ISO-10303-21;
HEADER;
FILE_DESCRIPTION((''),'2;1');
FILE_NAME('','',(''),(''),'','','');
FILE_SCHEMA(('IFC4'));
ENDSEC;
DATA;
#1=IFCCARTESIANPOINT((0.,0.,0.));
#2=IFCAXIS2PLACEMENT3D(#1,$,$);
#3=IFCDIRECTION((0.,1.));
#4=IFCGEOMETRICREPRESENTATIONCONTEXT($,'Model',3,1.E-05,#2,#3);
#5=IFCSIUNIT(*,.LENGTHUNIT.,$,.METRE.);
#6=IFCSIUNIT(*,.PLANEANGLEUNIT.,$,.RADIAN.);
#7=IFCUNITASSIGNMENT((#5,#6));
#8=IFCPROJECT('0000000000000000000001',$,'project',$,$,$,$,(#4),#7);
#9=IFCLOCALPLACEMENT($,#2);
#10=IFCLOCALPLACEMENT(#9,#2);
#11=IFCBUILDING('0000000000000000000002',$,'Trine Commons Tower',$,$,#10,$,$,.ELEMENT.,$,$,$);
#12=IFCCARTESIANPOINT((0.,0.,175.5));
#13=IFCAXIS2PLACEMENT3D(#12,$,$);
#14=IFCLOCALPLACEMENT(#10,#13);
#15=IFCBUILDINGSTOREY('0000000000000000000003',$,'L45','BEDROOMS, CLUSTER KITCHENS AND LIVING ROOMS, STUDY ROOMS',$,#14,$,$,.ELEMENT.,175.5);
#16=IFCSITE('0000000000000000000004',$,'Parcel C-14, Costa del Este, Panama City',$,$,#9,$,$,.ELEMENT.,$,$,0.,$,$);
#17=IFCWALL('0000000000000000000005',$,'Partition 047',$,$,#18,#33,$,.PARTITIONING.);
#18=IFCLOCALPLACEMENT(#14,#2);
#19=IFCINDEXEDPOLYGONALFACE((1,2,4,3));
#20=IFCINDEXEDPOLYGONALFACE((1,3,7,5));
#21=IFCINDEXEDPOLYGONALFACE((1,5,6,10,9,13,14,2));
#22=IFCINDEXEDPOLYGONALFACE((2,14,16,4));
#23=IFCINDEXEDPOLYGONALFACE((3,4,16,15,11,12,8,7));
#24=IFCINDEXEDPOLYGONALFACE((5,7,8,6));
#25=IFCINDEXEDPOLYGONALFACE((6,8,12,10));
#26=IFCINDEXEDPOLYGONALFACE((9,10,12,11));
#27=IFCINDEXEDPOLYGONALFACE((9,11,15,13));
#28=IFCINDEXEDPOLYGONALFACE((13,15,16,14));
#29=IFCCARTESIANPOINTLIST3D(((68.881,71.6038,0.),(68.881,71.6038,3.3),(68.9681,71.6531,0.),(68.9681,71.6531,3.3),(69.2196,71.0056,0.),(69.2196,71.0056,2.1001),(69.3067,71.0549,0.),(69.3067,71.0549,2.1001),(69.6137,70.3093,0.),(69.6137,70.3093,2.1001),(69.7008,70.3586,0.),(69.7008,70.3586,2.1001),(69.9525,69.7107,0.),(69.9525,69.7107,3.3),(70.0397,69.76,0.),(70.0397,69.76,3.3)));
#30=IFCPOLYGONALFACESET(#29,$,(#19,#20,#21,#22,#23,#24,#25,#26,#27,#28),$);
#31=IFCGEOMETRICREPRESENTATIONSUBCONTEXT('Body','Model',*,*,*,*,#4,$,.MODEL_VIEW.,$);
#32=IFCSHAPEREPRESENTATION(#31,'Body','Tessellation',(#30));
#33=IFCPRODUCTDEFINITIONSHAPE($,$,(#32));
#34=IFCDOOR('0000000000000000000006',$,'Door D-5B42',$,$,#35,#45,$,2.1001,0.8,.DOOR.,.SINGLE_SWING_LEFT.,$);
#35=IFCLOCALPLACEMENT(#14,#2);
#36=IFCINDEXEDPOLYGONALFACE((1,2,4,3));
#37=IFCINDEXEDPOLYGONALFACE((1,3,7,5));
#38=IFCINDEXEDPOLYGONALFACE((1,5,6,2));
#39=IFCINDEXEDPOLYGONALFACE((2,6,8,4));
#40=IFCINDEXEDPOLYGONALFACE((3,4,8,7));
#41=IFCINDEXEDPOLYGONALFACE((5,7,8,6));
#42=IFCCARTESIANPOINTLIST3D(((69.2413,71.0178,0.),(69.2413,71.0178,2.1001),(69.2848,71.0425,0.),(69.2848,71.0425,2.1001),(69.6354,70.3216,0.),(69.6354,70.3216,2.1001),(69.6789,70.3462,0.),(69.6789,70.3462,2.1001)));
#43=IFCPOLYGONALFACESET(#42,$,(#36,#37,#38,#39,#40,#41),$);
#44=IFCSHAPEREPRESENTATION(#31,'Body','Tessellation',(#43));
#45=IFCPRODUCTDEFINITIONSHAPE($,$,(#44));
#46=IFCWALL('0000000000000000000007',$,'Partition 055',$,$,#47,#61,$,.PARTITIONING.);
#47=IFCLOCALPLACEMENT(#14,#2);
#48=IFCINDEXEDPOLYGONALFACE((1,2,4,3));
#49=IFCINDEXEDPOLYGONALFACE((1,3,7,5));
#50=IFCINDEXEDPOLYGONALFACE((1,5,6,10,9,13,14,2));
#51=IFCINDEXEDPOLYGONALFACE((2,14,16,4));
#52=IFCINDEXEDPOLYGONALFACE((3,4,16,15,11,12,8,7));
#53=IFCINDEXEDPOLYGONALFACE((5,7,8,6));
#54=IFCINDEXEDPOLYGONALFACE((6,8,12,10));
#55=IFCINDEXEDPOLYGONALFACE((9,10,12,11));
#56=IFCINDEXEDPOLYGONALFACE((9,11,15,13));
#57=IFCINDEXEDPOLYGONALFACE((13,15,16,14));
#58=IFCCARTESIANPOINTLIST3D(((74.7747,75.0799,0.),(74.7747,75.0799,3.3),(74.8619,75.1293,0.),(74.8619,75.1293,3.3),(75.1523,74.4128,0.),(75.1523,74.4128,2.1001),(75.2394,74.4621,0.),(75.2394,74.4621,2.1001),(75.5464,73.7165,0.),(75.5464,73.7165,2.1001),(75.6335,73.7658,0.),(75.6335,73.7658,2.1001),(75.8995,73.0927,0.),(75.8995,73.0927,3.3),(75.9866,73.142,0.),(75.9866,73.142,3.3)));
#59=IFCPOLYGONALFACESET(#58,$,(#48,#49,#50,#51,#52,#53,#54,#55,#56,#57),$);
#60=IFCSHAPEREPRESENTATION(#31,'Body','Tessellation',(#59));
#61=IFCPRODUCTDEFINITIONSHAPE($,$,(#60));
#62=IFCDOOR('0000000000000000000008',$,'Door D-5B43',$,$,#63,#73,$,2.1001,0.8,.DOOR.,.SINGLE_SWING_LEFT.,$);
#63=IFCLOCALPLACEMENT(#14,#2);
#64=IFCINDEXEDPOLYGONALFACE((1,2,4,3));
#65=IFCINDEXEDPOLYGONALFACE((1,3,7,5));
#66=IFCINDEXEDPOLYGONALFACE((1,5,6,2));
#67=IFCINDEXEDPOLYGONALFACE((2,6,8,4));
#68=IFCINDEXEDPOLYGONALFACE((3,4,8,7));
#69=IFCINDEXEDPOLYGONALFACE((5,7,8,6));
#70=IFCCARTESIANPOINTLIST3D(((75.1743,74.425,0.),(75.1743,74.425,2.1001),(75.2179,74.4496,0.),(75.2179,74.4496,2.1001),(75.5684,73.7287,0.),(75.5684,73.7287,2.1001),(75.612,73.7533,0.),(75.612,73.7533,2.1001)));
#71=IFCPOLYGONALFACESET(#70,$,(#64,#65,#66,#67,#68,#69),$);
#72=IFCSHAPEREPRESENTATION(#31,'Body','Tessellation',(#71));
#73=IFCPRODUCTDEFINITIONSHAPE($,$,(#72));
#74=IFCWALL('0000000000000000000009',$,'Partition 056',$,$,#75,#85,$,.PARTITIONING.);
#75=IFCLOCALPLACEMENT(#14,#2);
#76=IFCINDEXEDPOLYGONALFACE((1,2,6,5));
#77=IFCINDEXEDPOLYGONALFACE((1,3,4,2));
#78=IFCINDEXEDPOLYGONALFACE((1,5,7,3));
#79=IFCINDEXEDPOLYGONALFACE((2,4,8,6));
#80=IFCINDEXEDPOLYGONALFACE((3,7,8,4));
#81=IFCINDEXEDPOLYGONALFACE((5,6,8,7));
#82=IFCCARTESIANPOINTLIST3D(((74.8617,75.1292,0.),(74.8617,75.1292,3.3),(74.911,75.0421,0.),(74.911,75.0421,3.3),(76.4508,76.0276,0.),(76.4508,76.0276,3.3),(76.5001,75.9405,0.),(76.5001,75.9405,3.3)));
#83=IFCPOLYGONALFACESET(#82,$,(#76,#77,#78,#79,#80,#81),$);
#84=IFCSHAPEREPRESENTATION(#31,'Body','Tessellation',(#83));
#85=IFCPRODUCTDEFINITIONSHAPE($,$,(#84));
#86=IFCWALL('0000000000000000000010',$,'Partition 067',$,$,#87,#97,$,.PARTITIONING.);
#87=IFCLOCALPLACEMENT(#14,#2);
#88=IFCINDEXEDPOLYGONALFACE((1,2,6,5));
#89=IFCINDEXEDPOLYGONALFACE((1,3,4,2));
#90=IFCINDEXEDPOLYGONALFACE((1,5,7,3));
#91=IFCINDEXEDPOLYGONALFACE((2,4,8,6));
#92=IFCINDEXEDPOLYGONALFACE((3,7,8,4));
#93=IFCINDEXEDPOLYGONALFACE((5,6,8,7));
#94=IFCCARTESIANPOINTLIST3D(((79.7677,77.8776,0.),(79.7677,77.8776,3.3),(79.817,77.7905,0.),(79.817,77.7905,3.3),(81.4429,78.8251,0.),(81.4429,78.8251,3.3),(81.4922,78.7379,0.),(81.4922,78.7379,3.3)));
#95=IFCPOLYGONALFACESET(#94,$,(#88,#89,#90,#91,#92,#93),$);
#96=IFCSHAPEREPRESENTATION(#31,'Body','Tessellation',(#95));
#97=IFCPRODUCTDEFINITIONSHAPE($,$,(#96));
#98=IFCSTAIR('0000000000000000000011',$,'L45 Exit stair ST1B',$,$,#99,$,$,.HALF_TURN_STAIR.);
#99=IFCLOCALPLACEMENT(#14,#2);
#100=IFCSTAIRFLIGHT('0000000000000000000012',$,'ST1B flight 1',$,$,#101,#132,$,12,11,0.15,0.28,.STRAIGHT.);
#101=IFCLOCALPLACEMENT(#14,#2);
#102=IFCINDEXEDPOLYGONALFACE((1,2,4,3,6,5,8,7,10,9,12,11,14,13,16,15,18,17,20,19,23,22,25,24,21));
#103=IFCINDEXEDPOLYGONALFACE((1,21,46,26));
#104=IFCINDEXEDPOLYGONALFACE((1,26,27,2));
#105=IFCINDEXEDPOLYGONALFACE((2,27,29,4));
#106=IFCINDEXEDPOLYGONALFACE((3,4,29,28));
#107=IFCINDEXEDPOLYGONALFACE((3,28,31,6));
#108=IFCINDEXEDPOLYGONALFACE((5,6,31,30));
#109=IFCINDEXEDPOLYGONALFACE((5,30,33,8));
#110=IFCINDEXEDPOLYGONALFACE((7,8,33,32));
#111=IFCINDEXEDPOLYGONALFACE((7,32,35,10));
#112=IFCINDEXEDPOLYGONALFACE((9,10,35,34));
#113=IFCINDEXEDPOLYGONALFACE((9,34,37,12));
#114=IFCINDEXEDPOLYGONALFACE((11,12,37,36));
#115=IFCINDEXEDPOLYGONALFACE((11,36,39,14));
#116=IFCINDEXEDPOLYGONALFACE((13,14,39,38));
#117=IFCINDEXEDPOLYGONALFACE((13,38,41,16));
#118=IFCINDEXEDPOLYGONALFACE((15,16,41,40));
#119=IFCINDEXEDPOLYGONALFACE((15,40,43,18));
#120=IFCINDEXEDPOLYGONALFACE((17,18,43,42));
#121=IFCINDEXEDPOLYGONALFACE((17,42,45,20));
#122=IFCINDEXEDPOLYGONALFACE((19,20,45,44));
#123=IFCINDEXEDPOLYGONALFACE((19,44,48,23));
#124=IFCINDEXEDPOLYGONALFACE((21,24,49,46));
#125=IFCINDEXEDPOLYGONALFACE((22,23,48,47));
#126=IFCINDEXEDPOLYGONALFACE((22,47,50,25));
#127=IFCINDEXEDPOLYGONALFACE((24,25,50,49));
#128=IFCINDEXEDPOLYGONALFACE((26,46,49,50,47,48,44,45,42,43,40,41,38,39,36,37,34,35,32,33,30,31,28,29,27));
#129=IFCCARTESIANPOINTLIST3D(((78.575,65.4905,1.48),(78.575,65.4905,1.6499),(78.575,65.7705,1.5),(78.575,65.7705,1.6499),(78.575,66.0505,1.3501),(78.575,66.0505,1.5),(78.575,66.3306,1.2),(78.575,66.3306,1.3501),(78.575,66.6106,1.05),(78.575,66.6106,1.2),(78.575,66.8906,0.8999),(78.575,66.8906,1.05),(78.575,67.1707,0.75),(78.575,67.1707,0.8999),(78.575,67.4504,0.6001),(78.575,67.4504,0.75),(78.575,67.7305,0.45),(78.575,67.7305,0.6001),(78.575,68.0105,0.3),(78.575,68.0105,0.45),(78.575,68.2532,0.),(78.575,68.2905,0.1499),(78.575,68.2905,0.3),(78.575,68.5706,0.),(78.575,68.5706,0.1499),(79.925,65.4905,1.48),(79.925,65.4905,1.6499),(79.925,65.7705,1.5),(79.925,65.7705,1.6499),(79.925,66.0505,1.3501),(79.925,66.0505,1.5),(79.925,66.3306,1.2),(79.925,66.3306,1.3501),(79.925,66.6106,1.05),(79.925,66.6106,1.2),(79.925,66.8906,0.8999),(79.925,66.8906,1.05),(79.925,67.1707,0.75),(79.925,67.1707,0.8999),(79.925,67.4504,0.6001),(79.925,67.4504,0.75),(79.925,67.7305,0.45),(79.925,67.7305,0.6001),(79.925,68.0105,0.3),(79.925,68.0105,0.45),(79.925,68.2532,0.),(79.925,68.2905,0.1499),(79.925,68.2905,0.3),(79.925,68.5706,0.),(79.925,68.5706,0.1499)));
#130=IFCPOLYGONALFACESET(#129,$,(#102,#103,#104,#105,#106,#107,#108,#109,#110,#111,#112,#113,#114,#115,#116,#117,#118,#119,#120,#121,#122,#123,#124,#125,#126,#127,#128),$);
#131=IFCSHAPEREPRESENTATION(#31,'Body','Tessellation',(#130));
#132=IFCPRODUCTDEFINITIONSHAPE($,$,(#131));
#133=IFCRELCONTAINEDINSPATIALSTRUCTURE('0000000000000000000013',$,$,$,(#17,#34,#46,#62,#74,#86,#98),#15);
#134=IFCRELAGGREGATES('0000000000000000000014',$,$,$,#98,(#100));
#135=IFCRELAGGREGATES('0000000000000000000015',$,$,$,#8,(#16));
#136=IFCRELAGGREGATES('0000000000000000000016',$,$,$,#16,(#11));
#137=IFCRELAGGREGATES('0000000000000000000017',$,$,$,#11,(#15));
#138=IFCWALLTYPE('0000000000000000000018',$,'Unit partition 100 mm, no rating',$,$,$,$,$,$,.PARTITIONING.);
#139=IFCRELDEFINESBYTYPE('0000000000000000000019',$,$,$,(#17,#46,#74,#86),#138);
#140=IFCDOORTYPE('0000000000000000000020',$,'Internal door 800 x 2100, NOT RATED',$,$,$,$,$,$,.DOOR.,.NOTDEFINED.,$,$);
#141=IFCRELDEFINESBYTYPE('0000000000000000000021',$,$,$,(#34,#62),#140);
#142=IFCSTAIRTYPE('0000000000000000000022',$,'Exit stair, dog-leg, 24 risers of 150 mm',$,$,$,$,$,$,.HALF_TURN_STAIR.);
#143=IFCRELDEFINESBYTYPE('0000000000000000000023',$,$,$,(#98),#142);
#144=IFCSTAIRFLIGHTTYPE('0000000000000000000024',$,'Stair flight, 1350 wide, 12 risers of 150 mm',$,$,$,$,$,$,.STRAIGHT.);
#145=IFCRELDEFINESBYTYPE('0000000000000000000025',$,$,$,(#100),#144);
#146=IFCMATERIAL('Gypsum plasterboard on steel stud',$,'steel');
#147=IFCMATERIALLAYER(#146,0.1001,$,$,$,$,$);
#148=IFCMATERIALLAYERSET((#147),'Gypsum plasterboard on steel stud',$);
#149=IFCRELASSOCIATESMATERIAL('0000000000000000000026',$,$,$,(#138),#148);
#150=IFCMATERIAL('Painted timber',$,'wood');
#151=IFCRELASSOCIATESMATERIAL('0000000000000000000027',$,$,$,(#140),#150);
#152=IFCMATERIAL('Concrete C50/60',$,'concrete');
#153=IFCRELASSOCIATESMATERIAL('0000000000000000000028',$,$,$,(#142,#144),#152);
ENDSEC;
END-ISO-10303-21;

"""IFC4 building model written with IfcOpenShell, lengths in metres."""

from ifc_helpers import new_model, si_unit, direction, frame, frame_2d, origin, place, context, subcontext, project, spatial, polyline, rectangle, outline, extrude, material, layer, layer_set, type_object, element, fill, aggregate, save


model = new_model("IFC4")

# Units and contexts
model_context = context("Model", 3, precision=1e-05, world=origin(), true_north=direction((0.0, 1.0)))
body_context = subcontext(model_context, "Body", "Model", "MODEL_VIEW")
ifc_project = project(units=[si_unit("LENGTHUNIT", "METRE"), si_unit("PLANEANGLEUNIT", "RADIAN")], contexts=[model_context])

# Site, building, storey
site_placement = place(None, origin())
site = spatial("IfcSite", under=ifc_project, at=site_placement, Name="Parcel C-14, Costa del Este, Panama City", CompositionType="ELEMENT", RefElevation=0.0)
building_placement = place(site_placement, origin())
building = spatial("IfcBuilding", under=site, at=building_placement, Name="Trine Commons Tower", CompositionType="ELEMENT")
storey_placement = place(building_placement, frame((0.0, 0.0, 175.5)))
storey = spatial("IfcBuildingStorey", under=building, at=storey_placement, Name="L45", Description="BEDROOMS, CLUSTER KITCHENS AND LIVING ROOMS, STUDY ROOMS", CompositionType="ELEMENT", Elevation=175.5)

# Shared definitions
ifc_material_1 = material(Name="Gypsum plasterboard on steel stud", Category="steel")

# Shared definitions
ifc_material_2 = material(Name="Painted timber", Category="wood")

# Shared definitions
ifc_layer_1 = layer(ifc_material_1, 0.1001)
ifc_layer_set_1 = layer_set([ifc_layer_1], Name="Gypsum plasterboard on steel stud")
wall_type_1 = type_object("IfcWallType", Name="Unit partition 100 mm, no rating", PredefinedType="PARTITIONING", material=ifc_layer_set_1)

# Walls, openings, doors
wall_1_placement = place(storey_placement, frame((68.9246, 71.6284, 0.0), z_axis=(0.0, 0.0, 1.0), x_axis=(0.492593, -0.87026, 0.0)))
wall_1 = element("IfcWall", 1, at=wall_1_placement, inside=storey, type_object=wall_type_1, Name="Partition 047", PredefinedType="PARTITIONING", context=body_context, shape_type="SweptSolid", body=[
    extrude(rectangle(XDim=2.1753, YDim=0.1001, at=frame_2d((1.0876, 0.0))), origin(), (0.0, 0.0, 1.0), 3.3),
])
opening_1_placement = place(wall_1_placement, frame((0.6875, 0.0, 0.0)))
opening_1 = element("IfcOpeningElement", 2, at=opening_1_placement, cuts=wall_1, PredefinedType="OPENING", context=body_context, shape_type="SweptSolid", body=[
    extrude(rectangle(XDim=0.8, YDim=2.1001, at=frame_2d((0.3999, 1.05))), frame((0.0, 0.0601, 0.0), z_axis=(0.0, -1.0, 0.0), x_axis=(1.0, 0.0, 0.0)), (0.0, 0.0, 1.0), 0.1201),
])
door_type_1 = type_object("IfcDoorType", Name="Internal door 800 x 2100, NOT RATED", OperationType="NOTDEFINED", PredefinedType="DOOR", material=ifc_material_2)
door_1_placement = place(opening_1_placement, origin())
door_1 = element("IfcDoor", 3, at=door_1_placement, inside=storey, type_object=door_type_1, Name="Door D-5B42", OperationType="SINGLE_SWING_LEFT", OverallHeight=2.1001, OverallWidth=0.8, PredefinedType="DOOR", context=body_context, shape_type="SweptSolid", body=[
    extrude(rectangle(XDim=0.8, YDim=2.1001, at=frame_2d((0.3999, 1.05))), frame((0.0, 0.0249, 0.0), z_axis=(0.0, -1.0, 0.0), x_axis=(1.0, 0.0, 0.0)), (0.0, 0.0, 1.0), 0.05),
])
fill(opening_1, door_1)
wall_2_placement = place(storey_placement, frame((74.8184, 75.1045, 0.0), z_axis=(0.0, 0.0, 1.0), x_axis=(0.492554, -0.870282, 0.0)))
wall_2 = element("IfcWall", 4, at=wall_2_placement, inside=storey, type_object=wall_type_1, Name="Partition 055", PredefinedType="PARTITIONING", context=body_context, shape_type="SweptSolid", body=[
    extrude(rectangle(XDim=2.2834, YDim=0.1001, at=frame_2d((1.1416, 0.0))), origin(), (0.0, 0.0, 1.0), 3.3),
])
opening_2_placement = place(wall_2_placement, frame((0.7666, 0.0, 0.0)))
opening_2 = element("IfcOpeningElement", 5, at=opening_2_placement, cuts=wall_2, PredefinedType="OPENING", context=body_context, shape_type="SweptSolid", body=[
    extrude(rectangle(XDim=0.8, YDim=2.1001, at=frame_2d((0.3999, 1.05))), frame((0.0, 0.0601, 0.0), z_axis=(0.0, -1.0, 0.0), x_axis=(1.0, 0.0, 0.0)), (0.0, 0.0, 1.0), 0.1201),
])
door_2_placement = place(opening_2_placement, frame((0.8, 0.0, 0.0), z_axis=(0.0, 0.0, 1.0), x_axis=(-1.0, 0.0, 0.0)))
door_2 = element("IfcDoor", 6, at=door_2_placement, inside=storey, type_object=door_type_1, Name="Door D-5B43", OperationType="SINGLE_SWING_LEFT", OverallHeight=2.1001, OverallWidth=0.8, PredefinedType="DOOR", context=body_context, shape_type="SweptSolid", body=[
    extrude(rectangle(XDim=0.8, YDim=2.1001, at=frame_2d((0.3999, 1.05))), frame((0.0, 0.0249, 0.0), z_axis=(0.0, -1.0, 0.0), x_axis=(1.0, 0.0, 0.0)), (0.0, 0.0, 1.0), 0.05),
])
fill(opening_2, door_2)

# Walls
wall_3_placement = place(storey_placement, frame((74.8865, 75.0857, 0.0), z_axis=(0.0, 0.0, 1.0), x_axis=(0.870506, 0.492159, 0.0)))
element("IfcWall", 7, at=wall_3_placement, inside=storey, type_object=wall_type_1, Name="Partition 056", PredefinedType="PARTITIONING", context=body_context, shape_type="SweptSolid", body=[
    extrude(rectangle(XDim=1.8254, YDim=0.1001, at=frame_2d((0.9126, 0.0))), origin(), (0.0, 0.0, 1.0), 3.3),
])
wall_4_placement = place(storey_placement, frame((79.7922, 77.834, 0.0), z_axis=(0.0, 0.0, 1.0), x_axis=(0.870428, 0.492295, 0.0)))
element("IfcWall", 8, at=wall_4_placement, inside=storey, type_object=wall_type_1, Name="Partition 067", PredefinedType="PARTITIONING", context=body_context, shape_type="SweptSolid", body=[
    extrude(rectangle(XDim=1.9246, YDim=0.1001, at=frame_2d((0.9624, 0.0))), origin(), (0.0, 0.0, 1.0), 3.3),
])

# Stair, stair flight
ifc_material_3 = material(Name="Concrete C50/60", Category="concrete")
stair_type = type_object("IfcStairType", Name="Exit stair, dog-leg, 24 risers of 150 mm", PredefinedType="HALF_TURN_STAIR", material=ifc_material_3)
stair_placement = place(storey_placement, origin())
stair = element("IfcStair", 9, at=stair_placement, inside=storey, type_object=stair_type, Name="L45 Exit stair ST1B", PredefinedType="HALF_TURN_STAIR")
stair_flight_type = type_object("IfcStairFlightType", Name="Stair flight, 1350 wide, 12 risers of 150 mm", PredefinedType="STRAIGHT", material=ifc_material_3)
stair_flight_placement = place(storey_placement, frame((79.25, 68.5706, 0.0), z_axis=(0.0, 0.0, 1.0), x_axis=(0.0, -1.0, 0.0)))
stair_flight = element("IfcStairFlight", 10, at=stair_flight_placement, type_object=stair_flight_type, Name="ST1B flight 1", NumberOfRisers=12, NumberOfTreads=11, PredefinedType="STRAIGHT", RiserHeight=0.15, TreadLength=0.28, context=body_context, shape_type="SweptSolid", body=[
    extrude(outline(polyline([(0.0, 0.0), (0.0, 0.1499), (0.28, 0.1499), (0.28, 0.3), (0.5601, 0.3), (0.5601, 0.45), (0.8401, 0.45), (0.8401, 0.6001), (1.1201, 0.6001), (1.1201, 0.75), (1.3999, 0.75), (1.3999, 0.8999), (1.6799, 0.8999), (1.6799, 1.05), (1.96, 1.05), (1.96, 1.2), (2.24, 1.2), (2.24, 1.3501), (2.52, 1.3501), (2.52, 1.5), (2.8, 1.5), (2.8, 1.6499), (3.0801, 1.6499), (3.0801, 1.8), (3.0801, 1.48), (0.3174, 0.0), (0.0, 0.0)])), frame((0.0, 0.675, 0.0), z_axis=(0.0, -1.0, 0.0), x_axis=(1.0, 0.0, 0.0)), (0.0, 0.0, 1.0), 1.3501),
])
aggregate(stair, [stair_flight])

save(model, "model.ifc")
